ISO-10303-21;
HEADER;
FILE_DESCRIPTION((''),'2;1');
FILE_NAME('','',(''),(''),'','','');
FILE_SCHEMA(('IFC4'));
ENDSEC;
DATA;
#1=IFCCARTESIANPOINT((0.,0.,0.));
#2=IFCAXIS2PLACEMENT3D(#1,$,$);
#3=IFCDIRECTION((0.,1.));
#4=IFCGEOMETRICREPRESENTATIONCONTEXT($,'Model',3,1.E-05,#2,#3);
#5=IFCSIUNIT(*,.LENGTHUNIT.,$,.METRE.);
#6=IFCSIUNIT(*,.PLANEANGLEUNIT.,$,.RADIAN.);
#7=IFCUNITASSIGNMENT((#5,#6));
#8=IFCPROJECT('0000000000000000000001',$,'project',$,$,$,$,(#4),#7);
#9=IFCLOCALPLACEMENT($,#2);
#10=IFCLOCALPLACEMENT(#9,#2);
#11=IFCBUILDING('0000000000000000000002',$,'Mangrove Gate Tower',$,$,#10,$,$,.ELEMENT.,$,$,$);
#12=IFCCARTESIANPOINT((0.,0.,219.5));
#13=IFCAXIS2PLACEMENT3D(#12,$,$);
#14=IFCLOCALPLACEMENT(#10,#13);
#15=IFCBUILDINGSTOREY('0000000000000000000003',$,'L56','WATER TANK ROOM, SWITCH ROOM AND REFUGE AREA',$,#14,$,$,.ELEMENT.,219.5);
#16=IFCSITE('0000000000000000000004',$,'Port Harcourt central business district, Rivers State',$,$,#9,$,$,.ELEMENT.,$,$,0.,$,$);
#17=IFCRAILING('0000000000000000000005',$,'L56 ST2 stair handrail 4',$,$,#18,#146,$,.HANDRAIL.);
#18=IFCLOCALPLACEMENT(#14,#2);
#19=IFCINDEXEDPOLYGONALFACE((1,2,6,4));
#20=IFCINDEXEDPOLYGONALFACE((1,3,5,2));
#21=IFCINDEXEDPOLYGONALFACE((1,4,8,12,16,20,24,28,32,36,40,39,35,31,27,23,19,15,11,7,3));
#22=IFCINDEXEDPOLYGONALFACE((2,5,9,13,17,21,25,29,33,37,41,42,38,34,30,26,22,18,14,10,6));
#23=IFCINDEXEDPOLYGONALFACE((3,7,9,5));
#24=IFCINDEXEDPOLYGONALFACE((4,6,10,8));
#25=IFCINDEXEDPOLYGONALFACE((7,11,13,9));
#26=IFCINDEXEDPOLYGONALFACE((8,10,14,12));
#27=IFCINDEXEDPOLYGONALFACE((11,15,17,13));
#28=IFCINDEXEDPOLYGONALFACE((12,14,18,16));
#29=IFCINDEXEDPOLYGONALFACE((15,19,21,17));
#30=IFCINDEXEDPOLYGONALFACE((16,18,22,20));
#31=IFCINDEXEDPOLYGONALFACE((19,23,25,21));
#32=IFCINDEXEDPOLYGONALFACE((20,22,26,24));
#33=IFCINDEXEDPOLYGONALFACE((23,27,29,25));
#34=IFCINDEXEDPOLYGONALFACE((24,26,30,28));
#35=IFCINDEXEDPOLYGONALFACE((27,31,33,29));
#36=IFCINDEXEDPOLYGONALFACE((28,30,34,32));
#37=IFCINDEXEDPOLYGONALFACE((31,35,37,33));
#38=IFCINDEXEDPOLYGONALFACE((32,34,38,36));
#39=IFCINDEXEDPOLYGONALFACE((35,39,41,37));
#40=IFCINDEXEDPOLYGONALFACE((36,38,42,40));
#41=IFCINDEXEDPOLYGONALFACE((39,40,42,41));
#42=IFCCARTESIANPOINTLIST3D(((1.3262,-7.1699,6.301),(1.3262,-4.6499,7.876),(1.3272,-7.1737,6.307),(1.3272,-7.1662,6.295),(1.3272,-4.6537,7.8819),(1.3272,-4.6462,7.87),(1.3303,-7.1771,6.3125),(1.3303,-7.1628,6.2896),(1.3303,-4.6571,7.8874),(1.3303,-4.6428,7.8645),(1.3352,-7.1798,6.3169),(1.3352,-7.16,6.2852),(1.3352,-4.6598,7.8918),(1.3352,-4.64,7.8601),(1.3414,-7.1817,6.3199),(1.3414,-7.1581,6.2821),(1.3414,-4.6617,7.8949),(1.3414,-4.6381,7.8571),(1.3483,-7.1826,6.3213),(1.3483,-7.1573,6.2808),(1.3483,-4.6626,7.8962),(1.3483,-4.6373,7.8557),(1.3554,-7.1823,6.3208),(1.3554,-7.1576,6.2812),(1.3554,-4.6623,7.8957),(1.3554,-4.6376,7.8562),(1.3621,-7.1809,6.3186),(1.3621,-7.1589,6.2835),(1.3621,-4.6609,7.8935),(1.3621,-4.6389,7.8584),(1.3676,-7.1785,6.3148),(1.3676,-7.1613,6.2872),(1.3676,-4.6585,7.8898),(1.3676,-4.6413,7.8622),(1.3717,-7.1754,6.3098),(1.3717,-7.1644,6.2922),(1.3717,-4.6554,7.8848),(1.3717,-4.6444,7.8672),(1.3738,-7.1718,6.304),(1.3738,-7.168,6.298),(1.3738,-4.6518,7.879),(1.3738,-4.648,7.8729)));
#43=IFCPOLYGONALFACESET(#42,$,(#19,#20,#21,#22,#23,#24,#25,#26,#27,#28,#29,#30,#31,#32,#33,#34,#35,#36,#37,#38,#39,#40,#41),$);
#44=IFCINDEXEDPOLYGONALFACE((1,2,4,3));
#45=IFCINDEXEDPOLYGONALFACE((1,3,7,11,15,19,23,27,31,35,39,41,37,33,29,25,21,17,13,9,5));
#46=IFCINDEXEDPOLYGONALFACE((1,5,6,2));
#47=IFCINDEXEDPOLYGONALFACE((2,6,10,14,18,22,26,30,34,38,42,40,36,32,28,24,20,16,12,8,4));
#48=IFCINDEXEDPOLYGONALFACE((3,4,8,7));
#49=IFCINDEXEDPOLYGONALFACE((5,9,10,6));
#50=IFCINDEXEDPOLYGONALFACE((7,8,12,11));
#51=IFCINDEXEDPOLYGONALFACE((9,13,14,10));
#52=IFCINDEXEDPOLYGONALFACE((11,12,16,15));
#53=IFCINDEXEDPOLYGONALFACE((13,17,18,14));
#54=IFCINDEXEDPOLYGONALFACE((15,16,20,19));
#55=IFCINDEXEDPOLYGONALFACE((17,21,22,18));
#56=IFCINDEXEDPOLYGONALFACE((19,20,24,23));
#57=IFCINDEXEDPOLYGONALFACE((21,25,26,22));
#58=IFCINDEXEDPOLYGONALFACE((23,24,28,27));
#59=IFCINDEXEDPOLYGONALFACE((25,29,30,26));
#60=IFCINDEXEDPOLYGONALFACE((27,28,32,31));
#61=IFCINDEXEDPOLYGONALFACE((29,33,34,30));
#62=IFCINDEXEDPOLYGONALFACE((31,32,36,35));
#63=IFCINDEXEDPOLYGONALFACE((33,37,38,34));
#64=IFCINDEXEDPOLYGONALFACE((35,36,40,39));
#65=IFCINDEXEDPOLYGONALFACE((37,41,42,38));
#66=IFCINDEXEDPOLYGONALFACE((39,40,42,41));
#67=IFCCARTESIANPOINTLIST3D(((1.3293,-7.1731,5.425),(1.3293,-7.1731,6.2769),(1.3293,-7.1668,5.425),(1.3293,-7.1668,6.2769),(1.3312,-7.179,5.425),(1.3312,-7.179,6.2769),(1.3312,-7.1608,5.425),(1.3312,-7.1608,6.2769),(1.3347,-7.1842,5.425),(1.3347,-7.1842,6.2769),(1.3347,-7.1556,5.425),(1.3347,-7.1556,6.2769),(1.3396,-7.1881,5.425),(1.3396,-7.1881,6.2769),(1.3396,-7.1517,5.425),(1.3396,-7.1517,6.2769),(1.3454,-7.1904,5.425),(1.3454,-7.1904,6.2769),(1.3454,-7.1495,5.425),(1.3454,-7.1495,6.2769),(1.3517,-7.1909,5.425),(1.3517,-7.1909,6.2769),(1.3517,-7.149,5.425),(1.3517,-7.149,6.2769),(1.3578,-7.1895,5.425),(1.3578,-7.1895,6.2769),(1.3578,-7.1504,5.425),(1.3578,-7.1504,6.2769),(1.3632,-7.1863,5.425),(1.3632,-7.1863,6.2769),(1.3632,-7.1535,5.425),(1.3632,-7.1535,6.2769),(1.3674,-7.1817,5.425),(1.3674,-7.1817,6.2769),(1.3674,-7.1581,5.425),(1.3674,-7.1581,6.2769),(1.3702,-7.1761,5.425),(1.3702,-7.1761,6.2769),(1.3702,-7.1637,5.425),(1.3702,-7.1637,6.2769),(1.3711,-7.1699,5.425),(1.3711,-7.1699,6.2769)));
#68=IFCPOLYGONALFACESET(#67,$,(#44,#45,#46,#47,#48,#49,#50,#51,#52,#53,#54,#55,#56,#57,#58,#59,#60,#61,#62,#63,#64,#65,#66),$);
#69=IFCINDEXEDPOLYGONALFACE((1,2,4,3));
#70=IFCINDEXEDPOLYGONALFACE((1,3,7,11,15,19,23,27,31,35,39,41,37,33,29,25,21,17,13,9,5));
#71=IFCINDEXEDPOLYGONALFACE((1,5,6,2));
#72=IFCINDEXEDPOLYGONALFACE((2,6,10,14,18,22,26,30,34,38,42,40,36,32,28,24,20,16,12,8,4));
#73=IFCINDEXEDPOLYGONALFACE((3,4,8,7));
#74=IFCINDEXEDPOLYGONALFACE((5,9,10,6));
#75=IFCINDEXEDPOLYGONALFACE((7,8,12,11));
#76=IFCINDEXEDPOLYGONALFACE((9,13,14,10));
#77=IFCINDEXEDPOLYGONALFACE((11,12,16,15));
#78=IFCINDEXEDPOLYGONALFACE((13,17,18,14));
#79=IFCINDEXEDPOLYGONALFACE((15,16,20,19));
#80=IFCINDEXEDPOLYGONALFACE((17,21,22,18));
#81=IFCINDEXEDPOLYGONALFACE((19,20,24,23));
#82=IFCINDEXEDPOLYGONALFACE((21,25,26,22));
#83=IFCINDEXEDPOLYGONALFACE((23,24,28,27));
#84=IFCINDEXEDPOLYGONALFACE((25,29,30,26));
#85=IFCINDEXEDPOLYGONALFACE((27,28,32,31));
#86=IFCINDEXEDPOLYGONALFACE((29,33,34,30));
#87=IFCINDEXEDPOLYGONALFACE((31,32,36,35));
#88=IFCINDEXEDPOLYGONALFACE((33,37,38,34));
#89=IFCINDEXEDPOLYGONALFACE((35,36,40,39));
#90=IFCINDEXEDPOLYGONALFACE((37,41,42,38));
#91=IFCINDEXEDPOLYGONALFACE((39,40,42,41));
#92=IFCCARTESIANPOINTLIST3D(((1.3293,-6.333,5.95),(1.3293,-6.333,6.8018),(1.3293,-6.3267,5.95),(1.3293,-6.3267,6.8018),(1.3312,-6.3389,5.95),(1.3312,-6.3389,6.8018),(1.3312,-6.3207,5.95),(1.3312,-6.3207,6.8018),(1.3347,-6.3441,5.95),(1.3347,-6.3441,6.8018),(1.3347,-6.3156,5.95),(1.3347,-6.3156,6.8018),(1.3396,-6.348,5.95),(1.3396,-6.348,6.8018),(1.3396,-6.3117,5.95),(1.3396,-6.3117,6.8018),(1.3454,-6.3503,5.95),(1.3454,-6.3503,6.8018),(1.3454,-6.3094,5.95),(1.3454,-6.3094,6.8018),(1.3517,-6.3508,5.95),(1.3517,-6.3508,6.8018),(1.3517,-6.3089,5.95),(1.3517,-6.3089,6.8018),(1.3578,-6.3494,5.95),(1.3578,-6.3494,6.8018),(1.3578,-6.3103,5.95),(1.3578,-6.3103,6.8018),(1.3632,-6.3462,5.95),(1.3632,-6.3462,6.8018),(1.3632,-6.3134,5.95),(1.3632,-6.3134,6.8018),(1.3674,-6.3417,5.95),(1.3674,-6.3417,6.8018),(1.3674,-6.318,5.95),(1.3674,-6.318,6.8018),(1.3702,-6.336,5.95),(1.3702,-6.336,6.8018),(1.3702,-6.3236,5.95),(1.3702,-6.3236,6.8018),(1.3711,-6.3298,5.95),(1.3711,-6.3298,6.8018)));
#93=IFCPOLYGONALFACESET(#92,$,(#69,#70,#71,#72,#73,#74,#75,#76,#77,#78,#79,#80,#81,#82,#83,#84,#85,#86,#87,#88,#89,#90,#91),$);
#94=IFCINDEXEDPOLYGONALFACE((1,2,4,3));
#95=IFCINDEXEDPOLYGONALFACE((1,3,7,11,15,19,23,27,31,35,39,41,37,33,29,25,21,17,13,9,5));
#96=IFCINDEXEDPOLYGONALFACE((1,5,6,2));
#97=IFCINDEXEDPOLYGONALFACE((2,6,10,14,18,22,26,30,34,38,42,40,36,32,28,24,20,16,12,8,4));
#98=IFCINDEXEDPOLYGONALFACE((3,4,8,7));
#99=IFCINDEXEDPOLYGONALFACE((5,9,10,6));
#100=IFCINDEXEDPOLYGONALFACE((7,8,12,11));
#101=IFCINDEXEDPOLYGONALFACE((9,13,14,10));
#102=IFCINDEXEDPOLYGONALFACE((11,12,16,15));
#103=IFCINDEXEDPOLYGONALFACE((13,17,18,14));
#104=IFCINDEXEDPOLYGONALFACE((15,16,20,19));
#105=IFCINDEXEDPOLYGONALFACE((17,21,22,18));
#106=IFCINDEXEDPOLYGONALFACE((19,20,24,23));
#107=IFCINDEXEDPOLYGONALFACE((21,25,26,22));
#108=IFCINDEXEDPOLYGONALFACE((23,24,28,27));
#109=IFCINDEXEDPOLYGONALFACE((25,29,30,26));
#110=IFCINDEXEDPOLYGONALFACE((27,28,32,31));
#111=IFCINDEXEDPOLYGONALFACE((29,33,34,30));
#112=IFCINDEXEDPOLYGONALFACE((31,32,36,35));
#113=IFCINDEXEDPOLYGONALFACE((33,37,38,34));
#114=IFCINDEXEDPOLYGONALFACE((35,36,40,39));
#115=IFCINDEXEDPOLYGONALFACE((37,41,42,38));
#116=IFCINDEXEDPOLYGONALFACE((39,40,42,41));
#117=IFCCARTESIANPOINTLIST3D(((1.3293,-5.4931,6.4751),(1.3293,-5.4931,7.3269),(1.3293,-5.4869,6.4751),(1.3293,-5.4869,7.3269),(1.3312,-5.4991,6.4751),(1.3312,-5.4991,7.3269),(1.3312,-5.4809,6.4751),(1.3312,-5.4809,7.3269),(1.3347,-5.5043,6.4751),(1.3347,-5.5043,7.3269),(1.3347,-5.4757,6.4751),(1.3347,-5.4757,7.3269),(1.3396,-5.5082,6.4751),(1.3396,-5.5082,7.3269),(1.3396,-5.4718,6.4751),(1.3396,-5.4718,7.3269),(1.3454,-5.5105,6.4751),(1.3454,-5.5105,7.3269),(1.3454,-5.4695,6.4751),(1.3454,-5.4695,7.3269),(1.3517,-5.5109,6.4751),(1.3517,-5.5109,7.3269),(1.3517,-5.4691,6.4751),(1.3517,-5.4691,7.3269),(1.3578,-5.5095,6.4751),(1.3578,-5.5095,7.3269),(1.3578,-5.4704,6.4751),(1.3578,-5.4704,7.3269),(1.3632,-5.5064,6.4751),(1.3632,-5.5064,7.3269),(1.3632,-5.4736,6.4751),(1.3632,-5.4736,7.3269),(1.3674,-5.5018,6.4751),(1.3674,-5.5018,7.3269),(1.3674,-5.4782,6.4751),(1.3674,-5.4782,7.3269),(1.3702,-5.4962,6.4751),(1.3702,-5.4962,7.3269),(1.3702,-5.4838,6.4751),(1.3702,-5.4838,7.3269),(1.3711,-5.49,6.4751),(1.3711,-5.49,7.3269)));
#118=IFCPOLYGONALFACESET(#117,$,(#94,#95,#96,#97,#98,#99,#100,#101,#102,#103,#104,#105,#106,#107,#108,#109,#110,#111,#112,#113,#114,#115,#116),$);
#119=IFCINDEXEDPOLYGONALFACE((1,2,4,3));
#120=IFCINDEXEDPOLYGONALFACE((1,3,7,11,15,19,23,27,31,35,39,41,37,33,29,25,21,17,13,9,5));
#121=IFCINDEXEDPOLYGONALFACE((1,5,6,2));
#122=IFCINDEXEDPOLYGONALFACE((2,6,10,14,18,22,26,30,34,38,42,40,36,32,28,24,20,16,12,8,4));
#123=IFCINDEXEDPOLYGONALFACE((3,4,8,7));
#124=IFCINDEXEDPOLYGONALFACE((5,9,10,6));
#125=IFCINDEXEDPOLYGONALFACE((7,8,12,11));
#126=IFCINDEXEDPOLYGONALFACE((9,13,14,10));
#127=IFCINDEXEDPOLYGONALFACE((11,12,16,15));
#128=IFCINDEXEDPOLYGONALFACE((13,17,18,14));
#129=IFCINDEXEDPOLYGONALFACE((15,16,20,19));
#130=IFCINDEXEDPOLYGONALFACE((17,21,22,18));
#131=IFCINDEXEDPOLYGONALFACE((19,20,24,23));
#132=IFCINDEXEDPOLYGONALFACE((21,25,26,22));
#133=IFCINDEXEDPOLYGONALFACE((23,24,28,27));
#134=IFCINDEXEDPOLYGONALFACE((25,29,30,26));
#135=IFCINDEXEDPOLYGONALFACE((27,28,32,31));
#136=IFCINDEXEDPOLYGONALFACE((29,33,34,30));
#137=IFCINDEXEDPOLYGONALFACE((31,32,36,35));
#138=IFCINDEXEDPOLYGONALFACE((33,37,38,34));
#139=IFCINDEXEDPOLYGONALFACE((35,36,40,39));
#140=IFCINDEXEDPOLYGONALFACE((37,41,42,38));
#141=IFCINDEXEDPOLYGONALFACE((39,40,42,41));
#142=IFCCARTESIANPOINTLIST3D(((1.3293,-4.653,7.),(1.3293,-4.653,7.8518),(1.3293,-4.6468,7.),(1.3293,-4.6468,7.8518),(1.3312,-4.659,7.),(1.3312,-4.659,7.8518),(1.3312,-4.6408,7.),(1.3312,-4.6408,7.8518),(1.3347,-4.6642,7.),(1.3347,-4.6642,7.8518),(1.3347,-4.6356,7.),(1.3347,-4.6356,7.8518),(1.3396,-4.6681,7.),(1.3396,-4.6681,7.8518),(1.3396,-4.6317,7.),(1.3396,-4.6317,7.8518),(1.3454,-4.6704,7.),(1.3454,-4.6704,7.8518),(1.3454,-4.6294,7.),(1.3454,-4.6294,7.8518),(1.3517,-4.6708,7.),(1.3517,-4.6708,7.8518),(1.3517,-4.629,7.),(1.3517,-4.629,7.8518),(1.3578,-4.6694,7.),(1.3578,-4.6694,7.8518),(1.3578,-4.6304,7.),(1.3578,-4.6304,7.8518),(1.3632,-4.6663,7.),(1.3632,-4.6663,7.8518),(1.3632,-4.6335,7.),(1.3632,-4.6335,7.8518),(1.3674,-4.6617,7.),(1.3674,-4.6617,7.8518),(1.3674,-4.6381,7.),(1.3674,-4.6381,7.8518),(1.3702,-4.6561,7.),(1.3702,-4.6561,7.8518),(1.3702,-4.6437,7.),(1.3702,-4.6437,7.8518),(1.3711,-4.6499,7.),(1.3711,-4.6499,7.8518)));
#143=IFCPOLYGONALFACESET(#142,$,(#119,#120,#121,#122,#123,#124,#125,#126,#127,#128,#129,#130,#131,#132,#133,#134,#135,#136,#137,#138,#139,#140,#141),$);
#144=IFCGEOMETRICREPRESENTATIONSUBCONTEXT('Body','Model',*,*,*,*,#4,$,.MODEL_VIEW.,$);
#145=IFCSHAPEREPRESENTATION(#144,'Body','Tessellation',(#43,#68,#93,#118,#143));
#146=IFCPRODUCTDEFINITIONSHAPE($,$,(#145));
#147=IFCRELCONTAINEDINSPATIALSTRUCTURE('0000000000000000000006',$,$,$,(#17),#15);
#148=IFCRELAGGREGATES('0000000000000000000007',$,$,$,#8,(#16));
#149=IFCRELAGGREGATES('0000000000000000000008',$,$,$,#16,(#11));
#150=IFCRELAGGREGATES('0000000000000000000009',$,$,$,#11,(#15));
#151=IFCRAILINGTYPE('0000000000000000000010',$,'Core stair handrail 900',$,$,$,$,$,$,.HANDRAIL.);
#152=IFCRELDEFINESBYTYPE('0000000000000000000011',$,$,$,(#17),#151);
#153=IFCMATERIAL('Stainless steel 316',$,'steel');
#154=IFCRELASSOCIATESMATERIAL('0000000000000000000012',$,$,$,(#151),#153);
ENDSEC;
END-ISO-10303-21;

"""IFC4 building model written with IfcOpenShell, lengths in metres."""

from ifc_helpers import new_model, si_unit, direction, frame, origin, origin_2d, place, context, subcontext, project, spatial, circle, extrude, material, type_object, element, save


model = new_model("IFC4")

# Units and contexts
model_context = context("Model", 3, precision=1e-05, world=origin(), true_north=direction((0.0, 1.0)))
body_context = subcontext(model_context, "Body", "Model", "MODEL_VIEW")
ifc_project = project(units=[si_unit("LENGTHUNIT", "METRE"), si_unit("PLANEANGLEUNIT", "RADIAN")], contexts=[model_context])

# Site, building, storey
site_placement = place(None, origin())
site = spatial("IfcSite", under=ifc_project, at=site_placement, Name="Port Harcourt central business district, Rivers State", CompositionType="ELEMENT", RefElevation=0.0)
building_placement = place(site_placement, origin())
building = spatial("IfcBuilding", under=site, at=building_placement, Name="Mangrove Gate Tower", CompositionType="ELEMENT")
storey_placement = place(building_placement, frame((0.0, 0.0, 219.5)))
storey = spatial("IfcBuildingStorey", under=building, at=storey_placement, Name="L56", Description="WATER TANK ROOM, SWITCH ROOM AND REFUGE AREA", CompositionType="ELEMENT", Elevation=219.5)

# Railing
ifc_material_1 = material(Name="Stainless steel 316", Category="steel")
railing_type_1 = type_object("IfcRailingType", Name="Core stair handrail 900", PredefinedType="HANDRAIL", material=ifc_material_1)
for number, where, name in (
    (1, (1.3501, -7.1699, 5.425), "L56 ST2 stair handrail 4"),
):
    element("IfcRailing", number, at=place(storey_placement, frame(where)), inside=storey, type_object=railing_type_1, Name=name, PredefinedType="HANDRAIL", context=body_context, shape_type="SweptSolid", body=[
        extrude(circle(Radius=0.0239, at=origin_2d()), frame((0.0, 0.0, 0.876), z_axis=(0.0, 0.848008, 0.529984), x_axis=(-1.0, 0.0, 0.0)), (0.0, 0.0, 1.0), 2.9717),
        extrude(circle(Radius=0.021, at=origin_2d()), origin(), (0.0, 0.0, 1.0), 0.8518),
        extrude(circle(Radius=0.021, at=origin_2d()), frame((0.0, 0.8401, 0.5249)), (0.0, 0.0, 1.0), 0.8518),
        extrude(circle(Radius=0.021, at=origin_2d()), frame((0.0, 1.6799, 1.05)), (0.0, 0.0, 1.0), 0.8518),
        extrude(circle(Radius=0.021, at=origin_2d()), frame((0.0, 2.52, 1.575)), (0.0, 0.0, 1.0), 0.8518),
    ])

save(model, "model.ifc")
